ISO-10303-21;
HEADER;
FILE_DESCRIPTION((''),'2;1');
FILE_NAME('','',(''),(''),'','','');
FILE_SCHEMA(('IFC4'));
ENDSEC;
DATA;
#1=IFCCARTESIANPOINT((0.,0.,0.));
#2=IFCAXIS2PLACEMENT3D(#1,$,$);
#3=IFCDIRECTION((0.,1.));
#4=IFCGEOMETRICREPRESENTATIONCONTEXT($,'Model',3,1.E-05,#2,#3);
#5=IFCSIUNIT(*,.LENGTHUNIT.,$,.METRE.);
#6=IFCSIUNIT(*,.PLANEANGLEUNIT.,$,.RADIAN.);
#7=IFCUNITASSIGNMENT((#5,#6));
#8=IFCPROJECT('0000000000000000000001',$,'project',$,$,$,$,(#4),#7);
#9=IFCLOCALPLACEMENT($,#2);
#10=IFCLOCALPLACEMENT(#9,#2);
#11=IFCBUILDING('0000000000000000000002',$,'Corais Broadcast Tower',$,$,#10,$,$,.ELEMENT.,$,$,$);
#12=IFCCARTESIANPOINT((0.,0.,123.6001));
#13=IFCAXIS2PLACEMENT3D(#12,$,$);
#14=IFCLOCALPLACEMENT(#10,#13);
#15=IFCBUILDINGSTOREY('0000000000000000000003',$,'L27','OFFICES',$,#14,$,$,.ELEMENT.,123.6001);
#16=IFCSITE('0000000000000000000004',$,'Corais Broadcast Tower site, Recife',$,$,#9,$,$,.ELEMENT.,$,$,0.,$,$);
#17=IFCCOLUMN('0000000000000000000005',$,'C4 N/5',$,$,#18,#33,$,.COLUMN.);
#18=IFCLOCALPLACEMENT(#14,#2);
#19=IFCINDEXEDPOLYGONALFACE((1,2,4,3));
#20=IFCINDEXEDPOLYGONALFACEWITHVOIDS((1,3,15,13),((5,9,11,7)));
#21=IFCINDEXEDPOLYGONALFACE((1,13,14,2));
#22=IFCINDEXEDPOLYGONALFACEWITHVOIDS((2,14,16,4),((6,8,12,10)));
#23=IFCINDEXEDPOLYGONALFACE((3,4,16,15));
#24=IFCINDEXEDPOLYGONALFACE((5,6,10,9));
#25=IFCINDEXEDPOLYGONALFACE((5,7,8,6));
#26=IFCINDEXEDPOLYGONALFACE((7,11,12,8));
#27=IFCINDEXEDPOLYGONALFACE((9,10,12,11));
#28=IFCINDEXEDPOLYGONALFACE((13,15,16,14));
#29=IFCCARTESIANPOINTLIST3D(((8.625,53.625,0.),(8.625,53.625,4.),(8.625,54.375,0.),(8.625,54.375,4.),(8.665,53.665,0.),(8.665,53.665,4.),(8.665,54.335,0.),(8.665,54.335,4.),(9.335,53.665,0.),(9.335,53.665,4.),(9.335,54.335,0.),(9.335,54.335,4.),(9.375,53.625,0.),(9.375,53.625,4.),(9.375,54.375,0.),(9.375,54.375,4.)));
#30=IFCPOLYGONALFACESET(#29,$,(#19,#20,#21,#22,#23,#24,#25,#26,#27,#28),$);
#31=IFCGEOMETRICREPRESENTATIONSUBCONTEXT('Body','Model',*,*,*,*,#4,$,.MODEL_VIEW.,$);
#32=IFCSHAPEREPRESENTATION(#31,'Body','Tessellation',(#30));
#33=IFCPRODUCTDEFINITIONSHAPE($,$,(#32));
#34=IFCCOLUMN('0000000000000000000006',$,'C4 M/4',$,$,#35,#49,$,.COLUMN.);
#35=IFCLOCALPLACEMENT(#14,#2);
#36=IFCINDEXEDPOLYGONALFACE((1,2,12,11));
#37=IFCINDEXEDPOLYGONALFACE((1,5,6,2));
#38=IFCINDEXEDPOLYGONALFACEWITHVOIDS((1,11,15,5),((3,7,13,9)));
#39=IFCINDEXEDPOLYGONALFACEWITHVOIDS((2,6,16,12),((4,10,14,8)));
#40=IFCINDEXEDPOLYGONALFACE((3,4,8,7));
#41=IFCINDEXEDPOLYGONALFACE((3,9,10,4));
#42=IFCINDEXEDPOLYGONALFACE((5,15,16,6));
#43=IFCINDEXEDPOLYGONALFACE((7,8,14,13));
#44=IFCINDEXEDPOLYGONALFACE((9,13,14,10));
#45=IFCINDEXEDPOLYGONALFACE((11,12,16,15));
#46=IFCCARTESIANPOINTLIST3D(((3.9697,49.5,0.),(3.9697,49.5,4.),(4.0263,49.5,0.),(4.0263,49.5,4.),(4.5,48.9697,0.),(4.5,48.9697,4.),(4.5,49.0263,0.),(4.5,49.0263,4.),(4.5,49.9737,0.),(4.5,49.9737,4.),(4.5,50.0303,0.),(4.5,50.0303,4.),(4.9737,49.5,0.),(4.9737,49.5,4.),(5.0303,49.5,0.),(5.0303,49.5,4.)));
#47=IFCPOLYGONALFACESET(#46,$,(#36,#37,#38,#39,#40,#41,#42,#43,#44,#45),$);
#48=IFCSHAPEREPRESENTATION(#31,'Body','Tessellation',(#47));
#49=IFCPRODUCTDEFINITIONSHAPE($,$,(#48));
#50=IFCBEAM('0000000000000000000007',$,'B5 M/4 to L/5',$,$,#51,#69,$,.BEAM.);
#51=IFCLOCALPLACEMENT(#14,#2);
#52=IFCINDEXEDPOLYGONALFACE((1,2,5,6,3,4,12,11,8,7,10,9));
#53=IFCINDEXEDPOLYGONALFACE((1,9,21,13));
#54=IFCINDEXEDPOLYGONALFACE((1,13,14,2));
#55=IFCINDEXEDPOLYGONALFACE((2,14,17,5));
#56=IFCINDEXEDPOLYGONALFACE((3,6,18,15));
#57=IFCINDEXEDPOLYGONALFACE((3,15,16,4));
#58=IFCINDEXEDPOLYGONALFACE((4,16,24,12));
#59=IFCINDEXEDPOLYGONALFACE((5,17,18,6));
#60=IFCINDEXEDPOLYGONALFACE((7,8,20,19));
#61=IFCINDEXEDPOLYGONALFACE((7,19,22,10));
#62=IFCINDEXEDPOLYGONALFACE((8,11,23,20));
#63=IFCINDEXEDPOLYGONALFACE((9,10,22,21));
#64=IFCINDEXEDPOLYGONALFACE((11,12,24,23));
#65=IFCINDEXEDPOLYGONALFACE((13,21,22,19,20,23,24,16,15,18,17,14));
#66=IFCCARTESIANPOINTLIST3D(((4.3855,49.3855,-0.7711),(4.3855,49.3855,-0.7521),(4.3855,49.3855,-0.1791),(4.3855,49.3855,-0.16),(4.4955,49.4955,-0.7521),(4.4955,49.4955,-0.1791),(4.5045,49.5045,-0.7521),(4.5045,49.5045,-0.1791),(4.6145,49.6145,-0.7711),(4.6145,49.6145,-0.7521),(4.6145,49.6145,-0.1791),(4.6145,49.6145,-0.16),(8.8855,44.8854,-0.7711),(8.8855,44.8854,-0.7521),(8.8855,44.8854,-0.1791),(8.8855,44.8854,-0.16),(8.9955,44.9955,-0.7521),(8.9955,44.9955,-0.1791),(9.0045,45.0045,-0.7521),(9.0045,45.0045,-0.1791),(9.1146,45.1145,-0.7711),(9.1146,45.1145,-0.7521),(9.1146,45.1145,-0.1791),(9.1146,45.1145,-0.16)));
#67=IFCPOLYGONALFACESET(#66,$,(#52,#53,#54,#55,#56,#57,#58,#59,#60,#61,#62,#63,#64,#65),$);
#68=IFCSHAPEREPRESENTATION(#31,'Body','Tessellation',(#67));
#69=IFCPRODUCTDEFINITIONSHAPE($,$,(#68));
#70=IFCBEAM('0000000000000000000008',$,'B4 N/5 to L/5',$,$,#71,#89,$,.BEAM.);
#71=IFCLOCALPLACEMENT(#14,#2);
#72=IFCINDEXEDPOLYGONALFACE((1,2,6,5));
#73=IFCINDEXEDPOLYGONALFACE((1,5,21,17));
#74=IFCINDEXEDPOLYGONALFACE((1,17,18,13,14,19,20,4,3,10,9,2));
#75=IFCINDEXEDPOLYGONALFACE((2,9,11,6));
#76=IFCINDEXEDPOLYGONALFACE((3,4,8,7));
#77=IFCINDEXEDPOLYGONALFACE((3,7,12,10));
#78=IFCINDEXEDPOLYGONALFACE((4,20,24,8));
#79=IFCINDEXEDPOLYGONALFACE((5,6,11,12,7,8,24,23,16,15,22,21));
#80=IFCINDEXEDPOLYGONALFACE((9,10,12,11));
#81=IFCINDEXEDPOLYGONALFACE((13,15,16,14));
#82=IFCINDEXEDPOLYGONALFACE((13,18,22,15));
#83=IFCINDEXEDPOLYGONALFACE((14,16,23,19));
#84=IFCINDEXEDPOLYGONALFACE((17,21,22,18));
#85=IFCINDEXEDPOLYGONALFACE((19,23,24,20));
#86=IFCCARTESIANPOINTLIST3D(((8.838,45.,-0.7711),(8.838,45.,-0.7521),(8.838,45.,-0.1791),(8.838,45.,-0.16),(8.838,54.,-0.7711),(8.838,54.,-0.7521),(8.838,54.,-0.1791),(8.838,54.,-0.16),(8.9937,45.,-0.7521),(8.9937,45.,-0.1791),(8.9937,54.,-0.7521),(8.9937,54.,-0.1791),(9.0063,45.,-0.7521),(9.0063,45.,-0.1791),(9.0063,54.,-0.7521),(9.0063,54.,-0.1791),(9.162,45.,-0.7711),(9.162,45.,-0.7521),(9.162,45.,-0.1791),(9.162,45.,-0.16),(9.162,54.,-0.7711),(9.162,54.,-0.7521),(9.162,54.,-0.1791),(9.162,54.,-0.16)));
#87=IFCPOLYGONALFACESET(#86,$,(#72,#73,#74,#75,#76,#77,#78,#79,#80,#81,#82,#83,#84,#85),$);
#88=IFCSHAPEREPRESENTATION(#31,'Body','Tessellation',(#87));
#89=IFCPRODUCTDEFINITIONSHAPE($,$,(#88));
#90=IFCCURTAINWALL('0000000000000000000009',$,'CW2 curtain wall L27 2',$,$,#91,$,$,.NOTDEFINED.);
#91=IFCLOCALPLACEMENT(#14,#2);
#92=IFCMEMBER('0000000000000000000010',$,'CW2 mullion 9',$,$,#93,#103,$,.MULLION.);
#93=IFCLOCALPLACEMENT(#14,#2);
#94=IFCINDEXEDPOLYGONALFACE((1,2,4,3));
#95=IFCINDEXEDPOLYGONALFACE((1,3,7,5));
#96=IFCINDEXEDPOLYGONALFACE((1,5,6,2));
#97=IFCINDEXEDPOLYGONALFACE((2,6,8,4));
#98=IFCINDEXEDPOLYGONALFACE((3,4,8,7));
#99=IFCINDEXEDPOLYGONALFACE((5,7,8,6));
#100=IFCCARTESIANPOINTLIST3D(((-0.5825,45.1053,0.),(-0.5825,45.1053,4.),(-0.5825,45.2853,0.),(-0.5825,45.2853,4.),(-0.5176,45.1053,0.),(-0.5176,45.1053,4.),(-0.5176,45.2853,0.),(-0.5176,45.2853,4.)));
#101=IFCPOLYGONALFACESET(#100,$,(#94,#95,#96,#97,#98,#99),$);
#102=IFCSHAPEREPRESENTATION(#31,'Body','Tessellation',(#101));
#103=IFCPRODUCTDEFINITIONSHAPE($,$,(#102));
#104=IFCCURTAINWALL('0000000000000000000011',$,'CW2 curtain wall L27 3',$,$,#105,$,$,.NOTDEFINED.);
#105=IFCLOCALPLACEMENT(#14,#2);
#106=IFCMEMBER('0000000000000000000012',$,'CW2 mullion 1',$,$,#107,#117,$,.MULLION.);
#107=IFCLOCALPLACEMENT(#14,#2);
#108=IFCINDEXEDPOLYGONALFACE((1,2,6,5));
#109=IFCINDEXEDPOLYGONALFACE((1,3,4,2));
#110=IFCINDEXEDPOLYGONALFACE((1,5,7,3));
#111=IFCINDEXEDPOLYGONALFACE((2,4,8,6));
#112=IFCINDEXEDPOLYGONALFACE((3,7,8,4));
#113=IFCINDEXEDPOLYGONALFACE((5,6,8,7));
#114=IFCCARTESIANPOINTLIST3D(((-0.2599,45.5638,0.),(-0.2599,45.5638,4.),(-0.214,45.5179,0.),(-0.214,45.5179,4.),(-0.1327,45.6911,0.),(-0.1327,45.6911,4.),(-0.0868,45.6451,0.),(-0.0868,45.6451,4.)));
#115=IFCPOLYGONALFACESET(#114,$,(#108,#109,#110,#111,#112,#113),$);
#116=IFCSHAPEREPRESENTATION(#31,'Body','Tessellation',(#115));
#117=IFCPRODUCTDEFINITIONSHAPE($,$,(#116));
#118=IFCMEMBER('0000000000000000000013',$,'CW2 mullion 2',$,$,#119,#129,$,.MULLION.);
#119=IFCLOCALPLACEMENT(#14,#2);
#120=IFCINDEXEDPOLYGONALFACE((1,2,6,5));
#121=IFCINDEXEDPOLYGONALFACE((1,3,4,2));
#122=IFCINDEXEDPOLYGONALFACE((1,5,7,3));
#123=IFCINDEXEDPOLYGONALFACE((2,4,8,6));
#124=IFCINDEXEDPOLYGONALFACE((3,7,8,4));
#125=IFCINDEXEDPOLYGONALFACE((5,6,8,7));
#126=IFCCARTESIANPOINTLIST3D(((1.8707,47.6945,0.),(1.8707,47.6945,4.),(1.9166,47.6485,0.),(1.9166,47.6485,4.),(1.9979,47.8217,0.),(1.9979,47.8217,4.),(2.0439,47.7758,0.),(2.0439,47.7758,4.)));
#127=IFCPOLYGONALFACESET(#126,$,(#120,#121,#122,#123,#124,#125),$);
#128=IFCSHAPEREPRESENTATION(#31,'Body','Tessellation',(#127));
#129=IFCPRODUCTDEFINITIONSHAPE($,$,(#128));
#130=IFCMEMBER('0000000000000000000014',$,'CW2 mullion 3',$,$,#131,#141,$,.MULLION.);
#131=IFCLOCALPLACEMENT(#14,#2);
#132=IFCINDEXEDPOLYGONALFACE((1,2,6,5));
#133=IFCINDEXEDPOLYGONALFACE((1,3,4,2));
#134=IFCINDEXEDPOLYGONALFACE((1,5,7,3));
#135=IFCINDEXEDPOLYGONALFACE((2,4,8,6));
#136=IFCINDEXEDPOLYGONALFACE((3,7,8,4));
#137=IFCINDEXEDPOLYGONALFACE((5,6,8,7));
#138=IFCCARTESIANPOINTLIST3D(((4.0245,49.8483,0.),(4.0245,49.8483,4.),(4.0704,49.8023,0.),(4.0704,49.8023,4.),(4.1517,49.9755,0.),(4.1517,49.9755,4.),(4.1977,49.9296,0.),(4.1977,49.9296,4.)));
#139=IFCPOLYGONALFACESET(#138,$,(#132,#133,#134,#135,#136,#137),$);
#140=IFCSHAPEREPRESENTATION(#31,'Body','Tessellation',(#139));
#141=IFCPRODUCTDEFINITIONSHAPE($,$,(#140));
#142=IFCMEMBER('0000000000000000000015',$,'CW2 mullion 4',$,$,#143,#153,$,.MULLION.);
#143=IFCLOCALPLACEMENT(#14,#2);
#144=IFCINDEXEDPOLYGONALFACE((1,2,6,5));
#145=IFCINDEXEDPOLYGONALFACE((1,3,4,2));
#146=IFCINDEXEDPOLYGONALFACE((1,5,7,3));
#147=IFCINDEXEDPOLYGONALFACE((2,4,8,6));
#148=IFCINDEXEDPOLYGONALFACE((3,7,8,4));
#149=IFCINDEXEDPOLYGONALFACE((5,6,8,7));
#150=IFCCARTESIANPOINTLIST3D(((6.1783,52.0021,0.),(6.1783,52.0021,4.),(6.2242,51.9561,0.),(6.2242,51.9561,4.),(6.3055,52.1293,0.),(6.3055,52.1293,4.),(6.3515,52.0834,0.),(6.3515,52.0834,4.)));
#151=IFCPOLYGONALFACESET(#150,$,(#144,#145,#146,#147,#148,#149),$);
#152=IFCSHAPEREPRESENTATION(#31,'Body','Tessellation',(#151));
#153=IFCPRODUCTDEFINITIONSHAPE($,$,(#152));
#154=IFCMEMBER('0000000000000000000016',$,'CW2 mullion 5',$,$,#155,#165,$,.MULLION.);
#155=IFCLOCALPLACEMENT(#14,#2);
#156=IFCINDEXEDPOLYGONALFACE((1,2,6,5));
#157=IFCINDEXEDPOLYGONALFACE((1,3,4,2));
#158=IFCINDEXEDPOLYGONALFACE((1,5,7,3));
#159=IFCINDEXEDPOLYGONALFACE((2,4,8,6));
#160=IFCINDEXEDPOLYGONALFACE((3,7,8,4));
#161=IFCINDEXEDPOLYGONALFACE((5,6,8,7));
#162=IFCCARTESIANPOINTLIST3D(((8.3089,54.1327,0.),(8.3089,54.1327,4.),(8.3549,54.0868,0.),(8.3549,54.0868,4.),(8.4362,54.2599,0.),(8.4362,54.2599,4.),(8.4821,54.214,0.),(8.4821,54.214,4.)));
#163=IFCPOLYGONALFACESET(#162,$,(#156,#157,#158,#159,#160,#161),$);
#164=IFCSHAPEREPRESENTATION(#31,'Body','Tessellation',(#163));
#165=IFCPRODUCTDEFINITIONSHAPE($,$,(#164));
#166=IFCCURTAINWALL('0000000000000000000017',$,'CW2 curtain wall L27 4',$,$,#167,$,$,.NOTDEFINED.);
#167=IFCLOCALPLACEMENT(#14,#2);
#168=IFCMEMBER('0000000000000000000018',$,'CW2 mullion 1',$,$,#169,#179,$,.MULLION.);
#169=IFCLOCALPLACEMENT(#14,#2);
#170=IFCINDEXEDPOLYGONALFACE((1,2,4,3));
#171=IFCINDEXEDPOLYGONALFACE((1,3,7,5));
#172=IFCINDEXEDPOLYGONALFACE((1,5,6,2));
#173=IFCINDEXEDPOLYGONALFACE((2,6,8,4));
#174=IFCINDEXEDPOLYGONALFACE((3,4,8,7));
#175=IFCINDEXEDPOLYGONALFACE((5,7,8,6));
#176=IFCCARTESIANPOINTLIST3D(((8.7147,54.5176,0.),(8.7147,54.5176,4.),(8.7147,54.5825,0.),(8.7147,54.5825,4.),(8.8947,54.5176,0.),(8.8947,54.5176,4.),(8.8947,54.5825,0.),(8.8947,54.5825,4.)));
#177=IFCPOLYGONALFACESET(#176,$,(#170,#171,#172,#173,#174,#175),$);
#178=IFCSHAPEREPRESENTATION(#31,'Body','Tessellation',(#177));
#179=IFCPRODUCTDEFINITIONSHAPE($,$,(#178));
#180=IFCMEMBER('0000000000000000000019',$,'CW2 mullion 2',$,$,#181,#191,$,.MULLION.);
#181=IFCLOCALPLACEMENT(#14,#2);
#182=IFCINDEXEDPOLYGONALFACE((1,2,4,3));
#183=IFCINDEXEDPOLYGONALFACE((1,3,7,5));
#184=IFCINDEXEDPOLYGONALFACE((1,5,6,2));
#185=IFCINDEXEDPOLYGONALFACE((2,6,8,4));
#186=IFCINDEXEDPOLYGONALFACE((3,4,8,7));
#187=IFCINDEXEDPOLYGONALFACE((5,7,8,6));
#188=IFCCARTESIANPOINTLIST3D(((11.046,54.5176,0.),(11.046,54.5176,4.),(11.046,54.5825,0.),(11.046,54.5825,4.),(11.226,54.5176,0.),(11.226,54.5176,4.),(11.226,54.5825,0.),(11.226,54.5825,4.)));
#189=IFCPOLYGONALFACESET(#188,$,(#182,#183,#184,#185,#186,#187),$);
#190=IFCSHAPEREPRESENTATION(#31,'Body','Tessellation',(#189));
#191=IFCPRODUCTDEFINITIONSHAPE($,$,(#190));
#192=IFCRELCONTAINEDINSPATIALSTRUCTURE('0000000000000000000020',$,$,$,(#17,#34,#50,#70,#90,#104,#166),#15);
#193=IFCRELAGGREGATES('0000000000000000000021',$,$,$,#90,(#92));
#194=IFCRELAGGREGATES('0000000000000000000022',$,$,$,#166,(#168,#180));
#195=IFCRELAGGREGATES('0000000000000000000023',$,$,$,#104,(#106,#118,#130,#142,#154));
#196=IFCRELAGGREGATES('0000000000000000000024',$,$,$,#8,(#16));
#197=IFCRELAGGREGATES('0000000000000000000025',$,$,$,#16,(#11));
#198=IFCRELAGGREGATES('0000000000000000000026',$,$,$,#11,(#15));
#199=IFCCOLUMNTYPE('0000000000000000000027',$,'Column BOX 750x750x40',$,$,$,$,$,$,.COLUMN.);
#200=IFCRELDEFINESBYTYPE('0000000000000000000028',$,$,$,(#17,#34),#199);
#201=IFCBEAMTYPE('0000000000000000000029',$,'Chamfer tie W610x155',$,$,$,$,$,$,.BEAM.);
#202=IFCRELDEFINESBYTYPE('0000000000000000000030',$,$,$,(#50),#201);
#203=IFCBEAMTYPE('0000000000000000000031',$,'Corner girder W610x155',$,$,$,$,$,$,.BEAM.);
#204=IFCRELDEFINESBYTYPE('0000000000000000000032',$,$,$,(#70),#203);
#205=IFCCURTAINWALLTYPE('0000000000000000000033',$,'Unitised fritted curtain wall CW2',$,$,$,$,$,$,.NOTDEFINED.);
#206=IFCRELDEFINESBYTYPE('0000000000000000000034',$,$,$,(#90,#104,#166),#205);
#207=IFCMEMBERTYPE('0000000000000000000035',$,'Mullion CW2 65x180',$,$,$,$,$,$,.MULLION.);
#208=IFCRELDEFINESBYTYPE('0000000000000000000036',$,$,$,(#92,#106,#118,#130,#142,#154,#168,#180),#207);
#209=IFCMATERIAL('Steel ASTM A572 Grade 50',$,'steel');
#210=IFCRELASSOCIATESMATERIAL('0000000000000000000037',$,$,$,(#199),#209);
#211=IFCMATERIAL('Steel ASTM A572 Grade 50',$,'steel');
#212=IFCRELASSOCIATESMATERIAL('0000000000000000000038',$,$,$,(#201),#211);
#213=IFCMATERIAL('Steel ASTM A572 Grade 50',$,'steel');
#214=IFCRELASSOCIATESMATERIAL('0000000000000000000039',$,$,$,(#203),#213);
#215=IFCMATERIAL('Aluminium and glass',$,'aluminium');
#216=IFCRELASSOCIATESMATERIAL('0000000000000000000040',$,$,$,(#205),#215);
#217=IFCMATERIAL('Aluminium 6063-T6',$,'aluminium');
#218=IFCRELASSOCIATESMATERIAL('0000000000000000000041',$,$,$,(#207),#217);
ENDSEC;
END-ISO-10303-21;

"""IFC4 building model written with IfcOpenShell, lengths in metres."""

from ifc_helpers import new_model, si_unit, direction, frame, origin, origin_2d, place, context, subcontext, project, spatial, rectangle, hollow_rectangle, i_section, extrude, material, material_profile, profile_set, type_object, element, aggregate, save


model = new_model("IFC4")

# Units and contexts
model_context = context("Model", 3, precision=1e-05, world=origin(), true_north=direction((0.0, 1.0)))
body_context = subcontext(model_context, "Body", "Model", "MODEL_VIEW")
ifc_project = project(units=[si_unit("LENGTHUNIT", "METRE"), si_unit("PLANEANGLEUNIT", "RADIAN")], contexts=[model_context])

# Site, building, storey
site_placement = place(None, origin())
site = spatial("IfcSite", under=ifc_project, at=site_placement, Name="Corais Broadcast Tower site, Recife", CompositionType="ELEMENT", RefElevation=0.0)
building_placement = place(site_placement, origin())
building = spatial("IfcBuilding", under=site, at=building_placement, Name="Corais Broadcast Tower", CompositionType="ELEMENT")
storey_placement = place(building_placement, frame((0.0, 0.0, 123.6001)))
storey = spatial("IfcBuildingStorey", under=building, at=storey_placement, Name="L27", Description="OFFICES", CompositionType="ELEMENT", Elevation=123.6001)

# Columns
ifc_material_1 = material(Name="Steel ASTM A572 Grade 50", Category="steel")
ifc_material_profile_1 = material_profile(ifc_material_1, hollow_rectangle(XDim=0.75, YDim=0.75, WallThickness=0.04, at=origin_2d()), Name="BOX 750x750x40")
ifc_profile_set_1 = profile_set([ifc_material_profile_1], Name="Steel ASTM A572 Grade 50")
column_type = type_object("IfcColumnType", Name="Column BOX 750x750x40", PredefinedType="COLUMN", material=ifc_profile_set_1)
for number, where, z_axis, x_axis, name in (
    (1, (9.0, 54.0, 0.0), (0.0, 0.0, 1.0), (1.0, 0.0, 0.0), "C4 N/5"),
    (2, (4.5, 49.5, 0.0), (0.0, 0.0, 1.0), (0.707107, 0.707107, 0.0), "C4 M/4"),
):
    element("IfcColumn", number, at=place(storey_placement, frame(where, z_axis=z_axis, x_axis=x_axis)), inside=storey, type_object=column_type, Name=name, PredefinedType="COLUMN", context=body_context, shape_type="SweptSolid", body=[
        extrude(hollow_rectangle(XDim=0.75, YDim=0.75, WallThickness=0.04, at=origin_2d()), origin(), (0.0, 0.0, 1.0), 4.0),
    ])

# Beams
ifc_material_2 = material(Name="Steel ASTM A572 Grade 50", Category="steel")
ifc_material_profile_2 = material_profile(ifc_material_2, i_section(OverallWidth=0.324, OverallDepth=0.6111, WebThickness=0.0127, FlangeThickness=0.019, at=origin_2d()), Name="W610x155")
ifc_profile_set_2 = profile_set([ifc_material_profile_2], Name="Steel ASTM A572 Grade 50")
beam_type_1 = type_object("IfcBeamType", Name="Chamfer tie W610x155", PredefinedType="BEAM", material=ifc_profile_set_2)
beam_1_placement = place(storey_placement, frame((4.5, 49.5, -0.4656), z_axis=(0.707107, -0.707107, 0.0), x_axis=(0.707107, 0.707107, 0.0)))
element("IfcBeam", 3, at=beam_1_placement, inside=storey, type_object=beam_type_1, Name="B5 M/4 to L/5", PredefinedType="BEAM", context=body_context, shape_type="SweptSolid", body=[
    extrude(i_section(OverallWidth=0.324, OverallDepth=0.6111, WebThickness=0.0127, FlangeThickness=0.019, at=origin_2d()), origin(), (0.0, 0.0, 1.0), 6.364),
])
ifc_material_3 = material(Name="Steel ASTM A572 Grade 50", Category="steel")
ifc_material_profile_3 = material_profile(ifc_material_3, i_section(OverallWidth=0.324, OverallDepth=0.6111, WebThickness=0.0127, FlangeThickness=0.019, at=origin_2d()), Name="W610x155")
ifc_profile_set_3 = profile_set([ifc_material_profile_3], Name="Steel ASTM A572 Grade 50")
beam_type_2 = type_object("IfcBeamType", Name="Corner girder W610x155", PredefinedType="BEAM", material=ifc_profile_set_3)
beam_2_placement = place(storey_placement, frame((9.0, 54.0, -0.4656), z_axis=(0.0, -1.0, 0.0), x_axis=(1.0, 0.0, 0.0)))
element("IfcBeam", 4, at=beam_2_placement, inside=storey, type_object=beam_type_2, Name="B4 N/5 to L/5", PredefinedType="BEAM", context=body_context, shape_type="SweptSolid", body=[
    extrude(i_section(OverallWidth=0.324, OverallDepth=0.6111, WebThickness=0.0127, FlangeThickness=0.019, at=origin_2d()), origin(), (0.0, 0.0, 1.0), 9.0),
])

# Curtain wall, member
ifc_material_4 = material(Name="Aluminium and glass", Category="aluminium")
curtain_wall_type = type_object("IfcCurtainWallType", Name="Unitised fritted curtain wall CW2", PredefinedType="NOTDEFINED", material=ifc_material_4)
curtain_wall_1_placement = place(storey_placement, origin())
curtain_wall_1 = element("IfcCurtainWall", 5, at=curtain_wall_1_placement, inside=storey, type_object=curtain_wall_type, Name="CW2 curtain wall L27 2", PredefinedType="NOTDEFINED")
ifc_material_5 = material(Name="Aluminium 6063-T6", Category="aluminium")
ifc_material_profile_4 = material_profile(ifc_material_5, rectangle(XDim=0.0649, YDim=0.1799, at=origin_2d()), Name="Mullion CW2 65x180")
ifc_profile_set_4 = profile_set([ifc_material_profile_4], Name="Aluminium 6063-T6")
member_type_1 = type_object("IfcMemberType", Name="Mullion CW2 65x180", PredefinedType="MULLION", material=ifc_profile_set_4)
member_1_placement = place(storey_placement, frame((-0.55, 45.1953, 0.0), z_axis=(0.0, 0.0, 1.0), x_axis=(-1.0, 0.0, 0.0)))
member_1 = element("IfcMember", 6, at=member_1_placement, type_object=member_type_1, Name="CW2 mullion 9", PredefinedType="MULLION", context=body_context, shape_type="SweptSolid", body=[
    extrude(rectangle(XDim=0.0649, YDim=0.1799, at=origin_2d()), origin(), (0.0, 0.0, 1.0), 4.0),
])
aggregate(curtain_wall_1, [member_1])

# Curtain walls, members
curtain_wall_2_placement = place(storey_placement, origin())
curtain_wall_2 = element("IfcCurtainWall", 7, at=curtain_wall_2_placement, inside=storey, type_object=curtain_wall_type, Name="CW2 curtain wall L27 3", PredefinedType="NOTDEFINED")
member_2_placement = place(storey_placement, frame((-0.1733, 45.6045, 0.0), z_axis=(0.0, 0.0, 1.0), x_axis=(-0.707107, 0.707107, 0.0)))
member_2 = element("IfcMember", 8, at=member_2_placement, type_object=member_type_1, Name="CW2 mullion 1", PredefinedType="MULLION", context=body_context, shape_type="SweptSolid", body=[
    extrude(rectangle(XDim=0.0649, YDim=0.1799, at=origin_2d()), origin(), (0.0, 0.0, 1.0), 4.0),
])
member_3_placement = place(storey_placement, frame((1.9573, 47.7351, 0.0), z_axis=(0.0, 0.0, 1.0), x_axis=(-0.707107, 0.707107, 0.0)))
member_3 = element("IfcMember", 9, at=member_3_placement, type_object=member_type_1, Name="CW2 mullion 2", PredefinedType="MULLION", context=body_context, shape_type="SweptSolid", body=[
    extrude(rectangle(XDim=0.0649, YDim=0.1799, at=origin_2d()), origin(), (0.0, 0.0, 1.0), 4.0),
])
member_4_placement = place(storey_placement, frame((4.1111, 49.8889, 0.0), z_axis=(0.0, 0.0, 1.0), x_axis=(-0.707107, 0.707107, 0.0)))
member_4 = element("IfcMember", 10, at=member_4_placement, type_object=member_type_1, Name="CW2 mullion 3", PredefinedType="MULLION", context=body_context, shape_type="SweptSolid", body=[
    extrude(rectangle(XDim=0.0649, YDim=0.1799, at=origin_2d()), origin(), (0.0, 0.0, 1.0), 4.0),
])
member_5_placement = place(storey_placement, frame((6.2649, 52.0427, 0.0), z_axis=(0.0, 0.0, 1.0), x_axis=(-0.707107, 0.707107, 0.0)))
member_5 = element("IfcMember", 11, at=member_5_placement, type_object=member_type_1, Name="CW2 mullion 4", PredefinedType="MULLION", context=body_context, shape_type="SweptSolid", body=[
    extrude(rectangle(XDim=0.0649, YDim=0.1799, at=origin_2d()), origin(), (0.0, 0.0, 1.0), 4.0),
])
member_6_placement = place(storey_placement, frame((8.3955, 54.1733, 0.0), z_axis=(0.0, 0.0, 1.0), x_axis=(-0.707107, 0.707107, 0.0)))
member_6 = element("IfcMember", 12, at=member_6_placement, type_object=member_type_1, Name="CW2 mullion 5", PredefinedType="MULLION", context=body_context, shape_type="SweptSolid", body=[
    extrude(rectangle(XDim=0.0649, YDim=0.1799, at=origin_2d()), origin(), (0.0, 0.0, 1.0), 4.0),
])
curtain_wall_3_placement = place(storey_placement, origin())
curtain_wall_3 = element("IfcCurtainWall", 13, at=curtain_wall_3_placement, inside=storey, type_object=curtain_wall_type, Name="CW2 curtain wall L27 4", PredefinedType="NOTDEFINED")
member_7_placement = place(storey_placement, frame((8.8047, 54.55, 0.0), z_axis=(0.0, 0.0, 1.0), x_axis=(0.0, 1.0, 0.0)))
member_7 = element("IfcMember", 14, at=member_7_placement, type_object=member_type_1, Name="CW2 mullion 1", PredefinedType="MULLION", context=body_context, shape_type="SweptSolid", body=[
    extrude(rectangle(XDim=0.0649, YDim=0.1799, at=origin_2d()), origin(), (0.0, 0.0, 1.0), 4.0),
])
member_8_placement = place(storey_placement, frame((11.136, 54.55, 0.0), z_axis=(0.0, 0.0, 1.0), x_axis=(0.0, 1.0, 0.0)))
member_8 = element("IfcMember", 15, at=member_8_placement, type_object=member_type_1, Name="CW2 mullion 2", PredefinedType="MULLION", context=body_context, shape_type="SweptSolid", body=[
    extrude(rectangle(XDim=0.0649, YDim=0.1799, at=origin_2d()), origin(), (0.0, 0.0, 1.0), 4.0),
])

aggregate(curtain_wall_3, [member_7, member_8])
aggregate(curtain_wall_2, [member_2, member_3, member_4, member_5, member_6])

save(model, "model.ifc")
